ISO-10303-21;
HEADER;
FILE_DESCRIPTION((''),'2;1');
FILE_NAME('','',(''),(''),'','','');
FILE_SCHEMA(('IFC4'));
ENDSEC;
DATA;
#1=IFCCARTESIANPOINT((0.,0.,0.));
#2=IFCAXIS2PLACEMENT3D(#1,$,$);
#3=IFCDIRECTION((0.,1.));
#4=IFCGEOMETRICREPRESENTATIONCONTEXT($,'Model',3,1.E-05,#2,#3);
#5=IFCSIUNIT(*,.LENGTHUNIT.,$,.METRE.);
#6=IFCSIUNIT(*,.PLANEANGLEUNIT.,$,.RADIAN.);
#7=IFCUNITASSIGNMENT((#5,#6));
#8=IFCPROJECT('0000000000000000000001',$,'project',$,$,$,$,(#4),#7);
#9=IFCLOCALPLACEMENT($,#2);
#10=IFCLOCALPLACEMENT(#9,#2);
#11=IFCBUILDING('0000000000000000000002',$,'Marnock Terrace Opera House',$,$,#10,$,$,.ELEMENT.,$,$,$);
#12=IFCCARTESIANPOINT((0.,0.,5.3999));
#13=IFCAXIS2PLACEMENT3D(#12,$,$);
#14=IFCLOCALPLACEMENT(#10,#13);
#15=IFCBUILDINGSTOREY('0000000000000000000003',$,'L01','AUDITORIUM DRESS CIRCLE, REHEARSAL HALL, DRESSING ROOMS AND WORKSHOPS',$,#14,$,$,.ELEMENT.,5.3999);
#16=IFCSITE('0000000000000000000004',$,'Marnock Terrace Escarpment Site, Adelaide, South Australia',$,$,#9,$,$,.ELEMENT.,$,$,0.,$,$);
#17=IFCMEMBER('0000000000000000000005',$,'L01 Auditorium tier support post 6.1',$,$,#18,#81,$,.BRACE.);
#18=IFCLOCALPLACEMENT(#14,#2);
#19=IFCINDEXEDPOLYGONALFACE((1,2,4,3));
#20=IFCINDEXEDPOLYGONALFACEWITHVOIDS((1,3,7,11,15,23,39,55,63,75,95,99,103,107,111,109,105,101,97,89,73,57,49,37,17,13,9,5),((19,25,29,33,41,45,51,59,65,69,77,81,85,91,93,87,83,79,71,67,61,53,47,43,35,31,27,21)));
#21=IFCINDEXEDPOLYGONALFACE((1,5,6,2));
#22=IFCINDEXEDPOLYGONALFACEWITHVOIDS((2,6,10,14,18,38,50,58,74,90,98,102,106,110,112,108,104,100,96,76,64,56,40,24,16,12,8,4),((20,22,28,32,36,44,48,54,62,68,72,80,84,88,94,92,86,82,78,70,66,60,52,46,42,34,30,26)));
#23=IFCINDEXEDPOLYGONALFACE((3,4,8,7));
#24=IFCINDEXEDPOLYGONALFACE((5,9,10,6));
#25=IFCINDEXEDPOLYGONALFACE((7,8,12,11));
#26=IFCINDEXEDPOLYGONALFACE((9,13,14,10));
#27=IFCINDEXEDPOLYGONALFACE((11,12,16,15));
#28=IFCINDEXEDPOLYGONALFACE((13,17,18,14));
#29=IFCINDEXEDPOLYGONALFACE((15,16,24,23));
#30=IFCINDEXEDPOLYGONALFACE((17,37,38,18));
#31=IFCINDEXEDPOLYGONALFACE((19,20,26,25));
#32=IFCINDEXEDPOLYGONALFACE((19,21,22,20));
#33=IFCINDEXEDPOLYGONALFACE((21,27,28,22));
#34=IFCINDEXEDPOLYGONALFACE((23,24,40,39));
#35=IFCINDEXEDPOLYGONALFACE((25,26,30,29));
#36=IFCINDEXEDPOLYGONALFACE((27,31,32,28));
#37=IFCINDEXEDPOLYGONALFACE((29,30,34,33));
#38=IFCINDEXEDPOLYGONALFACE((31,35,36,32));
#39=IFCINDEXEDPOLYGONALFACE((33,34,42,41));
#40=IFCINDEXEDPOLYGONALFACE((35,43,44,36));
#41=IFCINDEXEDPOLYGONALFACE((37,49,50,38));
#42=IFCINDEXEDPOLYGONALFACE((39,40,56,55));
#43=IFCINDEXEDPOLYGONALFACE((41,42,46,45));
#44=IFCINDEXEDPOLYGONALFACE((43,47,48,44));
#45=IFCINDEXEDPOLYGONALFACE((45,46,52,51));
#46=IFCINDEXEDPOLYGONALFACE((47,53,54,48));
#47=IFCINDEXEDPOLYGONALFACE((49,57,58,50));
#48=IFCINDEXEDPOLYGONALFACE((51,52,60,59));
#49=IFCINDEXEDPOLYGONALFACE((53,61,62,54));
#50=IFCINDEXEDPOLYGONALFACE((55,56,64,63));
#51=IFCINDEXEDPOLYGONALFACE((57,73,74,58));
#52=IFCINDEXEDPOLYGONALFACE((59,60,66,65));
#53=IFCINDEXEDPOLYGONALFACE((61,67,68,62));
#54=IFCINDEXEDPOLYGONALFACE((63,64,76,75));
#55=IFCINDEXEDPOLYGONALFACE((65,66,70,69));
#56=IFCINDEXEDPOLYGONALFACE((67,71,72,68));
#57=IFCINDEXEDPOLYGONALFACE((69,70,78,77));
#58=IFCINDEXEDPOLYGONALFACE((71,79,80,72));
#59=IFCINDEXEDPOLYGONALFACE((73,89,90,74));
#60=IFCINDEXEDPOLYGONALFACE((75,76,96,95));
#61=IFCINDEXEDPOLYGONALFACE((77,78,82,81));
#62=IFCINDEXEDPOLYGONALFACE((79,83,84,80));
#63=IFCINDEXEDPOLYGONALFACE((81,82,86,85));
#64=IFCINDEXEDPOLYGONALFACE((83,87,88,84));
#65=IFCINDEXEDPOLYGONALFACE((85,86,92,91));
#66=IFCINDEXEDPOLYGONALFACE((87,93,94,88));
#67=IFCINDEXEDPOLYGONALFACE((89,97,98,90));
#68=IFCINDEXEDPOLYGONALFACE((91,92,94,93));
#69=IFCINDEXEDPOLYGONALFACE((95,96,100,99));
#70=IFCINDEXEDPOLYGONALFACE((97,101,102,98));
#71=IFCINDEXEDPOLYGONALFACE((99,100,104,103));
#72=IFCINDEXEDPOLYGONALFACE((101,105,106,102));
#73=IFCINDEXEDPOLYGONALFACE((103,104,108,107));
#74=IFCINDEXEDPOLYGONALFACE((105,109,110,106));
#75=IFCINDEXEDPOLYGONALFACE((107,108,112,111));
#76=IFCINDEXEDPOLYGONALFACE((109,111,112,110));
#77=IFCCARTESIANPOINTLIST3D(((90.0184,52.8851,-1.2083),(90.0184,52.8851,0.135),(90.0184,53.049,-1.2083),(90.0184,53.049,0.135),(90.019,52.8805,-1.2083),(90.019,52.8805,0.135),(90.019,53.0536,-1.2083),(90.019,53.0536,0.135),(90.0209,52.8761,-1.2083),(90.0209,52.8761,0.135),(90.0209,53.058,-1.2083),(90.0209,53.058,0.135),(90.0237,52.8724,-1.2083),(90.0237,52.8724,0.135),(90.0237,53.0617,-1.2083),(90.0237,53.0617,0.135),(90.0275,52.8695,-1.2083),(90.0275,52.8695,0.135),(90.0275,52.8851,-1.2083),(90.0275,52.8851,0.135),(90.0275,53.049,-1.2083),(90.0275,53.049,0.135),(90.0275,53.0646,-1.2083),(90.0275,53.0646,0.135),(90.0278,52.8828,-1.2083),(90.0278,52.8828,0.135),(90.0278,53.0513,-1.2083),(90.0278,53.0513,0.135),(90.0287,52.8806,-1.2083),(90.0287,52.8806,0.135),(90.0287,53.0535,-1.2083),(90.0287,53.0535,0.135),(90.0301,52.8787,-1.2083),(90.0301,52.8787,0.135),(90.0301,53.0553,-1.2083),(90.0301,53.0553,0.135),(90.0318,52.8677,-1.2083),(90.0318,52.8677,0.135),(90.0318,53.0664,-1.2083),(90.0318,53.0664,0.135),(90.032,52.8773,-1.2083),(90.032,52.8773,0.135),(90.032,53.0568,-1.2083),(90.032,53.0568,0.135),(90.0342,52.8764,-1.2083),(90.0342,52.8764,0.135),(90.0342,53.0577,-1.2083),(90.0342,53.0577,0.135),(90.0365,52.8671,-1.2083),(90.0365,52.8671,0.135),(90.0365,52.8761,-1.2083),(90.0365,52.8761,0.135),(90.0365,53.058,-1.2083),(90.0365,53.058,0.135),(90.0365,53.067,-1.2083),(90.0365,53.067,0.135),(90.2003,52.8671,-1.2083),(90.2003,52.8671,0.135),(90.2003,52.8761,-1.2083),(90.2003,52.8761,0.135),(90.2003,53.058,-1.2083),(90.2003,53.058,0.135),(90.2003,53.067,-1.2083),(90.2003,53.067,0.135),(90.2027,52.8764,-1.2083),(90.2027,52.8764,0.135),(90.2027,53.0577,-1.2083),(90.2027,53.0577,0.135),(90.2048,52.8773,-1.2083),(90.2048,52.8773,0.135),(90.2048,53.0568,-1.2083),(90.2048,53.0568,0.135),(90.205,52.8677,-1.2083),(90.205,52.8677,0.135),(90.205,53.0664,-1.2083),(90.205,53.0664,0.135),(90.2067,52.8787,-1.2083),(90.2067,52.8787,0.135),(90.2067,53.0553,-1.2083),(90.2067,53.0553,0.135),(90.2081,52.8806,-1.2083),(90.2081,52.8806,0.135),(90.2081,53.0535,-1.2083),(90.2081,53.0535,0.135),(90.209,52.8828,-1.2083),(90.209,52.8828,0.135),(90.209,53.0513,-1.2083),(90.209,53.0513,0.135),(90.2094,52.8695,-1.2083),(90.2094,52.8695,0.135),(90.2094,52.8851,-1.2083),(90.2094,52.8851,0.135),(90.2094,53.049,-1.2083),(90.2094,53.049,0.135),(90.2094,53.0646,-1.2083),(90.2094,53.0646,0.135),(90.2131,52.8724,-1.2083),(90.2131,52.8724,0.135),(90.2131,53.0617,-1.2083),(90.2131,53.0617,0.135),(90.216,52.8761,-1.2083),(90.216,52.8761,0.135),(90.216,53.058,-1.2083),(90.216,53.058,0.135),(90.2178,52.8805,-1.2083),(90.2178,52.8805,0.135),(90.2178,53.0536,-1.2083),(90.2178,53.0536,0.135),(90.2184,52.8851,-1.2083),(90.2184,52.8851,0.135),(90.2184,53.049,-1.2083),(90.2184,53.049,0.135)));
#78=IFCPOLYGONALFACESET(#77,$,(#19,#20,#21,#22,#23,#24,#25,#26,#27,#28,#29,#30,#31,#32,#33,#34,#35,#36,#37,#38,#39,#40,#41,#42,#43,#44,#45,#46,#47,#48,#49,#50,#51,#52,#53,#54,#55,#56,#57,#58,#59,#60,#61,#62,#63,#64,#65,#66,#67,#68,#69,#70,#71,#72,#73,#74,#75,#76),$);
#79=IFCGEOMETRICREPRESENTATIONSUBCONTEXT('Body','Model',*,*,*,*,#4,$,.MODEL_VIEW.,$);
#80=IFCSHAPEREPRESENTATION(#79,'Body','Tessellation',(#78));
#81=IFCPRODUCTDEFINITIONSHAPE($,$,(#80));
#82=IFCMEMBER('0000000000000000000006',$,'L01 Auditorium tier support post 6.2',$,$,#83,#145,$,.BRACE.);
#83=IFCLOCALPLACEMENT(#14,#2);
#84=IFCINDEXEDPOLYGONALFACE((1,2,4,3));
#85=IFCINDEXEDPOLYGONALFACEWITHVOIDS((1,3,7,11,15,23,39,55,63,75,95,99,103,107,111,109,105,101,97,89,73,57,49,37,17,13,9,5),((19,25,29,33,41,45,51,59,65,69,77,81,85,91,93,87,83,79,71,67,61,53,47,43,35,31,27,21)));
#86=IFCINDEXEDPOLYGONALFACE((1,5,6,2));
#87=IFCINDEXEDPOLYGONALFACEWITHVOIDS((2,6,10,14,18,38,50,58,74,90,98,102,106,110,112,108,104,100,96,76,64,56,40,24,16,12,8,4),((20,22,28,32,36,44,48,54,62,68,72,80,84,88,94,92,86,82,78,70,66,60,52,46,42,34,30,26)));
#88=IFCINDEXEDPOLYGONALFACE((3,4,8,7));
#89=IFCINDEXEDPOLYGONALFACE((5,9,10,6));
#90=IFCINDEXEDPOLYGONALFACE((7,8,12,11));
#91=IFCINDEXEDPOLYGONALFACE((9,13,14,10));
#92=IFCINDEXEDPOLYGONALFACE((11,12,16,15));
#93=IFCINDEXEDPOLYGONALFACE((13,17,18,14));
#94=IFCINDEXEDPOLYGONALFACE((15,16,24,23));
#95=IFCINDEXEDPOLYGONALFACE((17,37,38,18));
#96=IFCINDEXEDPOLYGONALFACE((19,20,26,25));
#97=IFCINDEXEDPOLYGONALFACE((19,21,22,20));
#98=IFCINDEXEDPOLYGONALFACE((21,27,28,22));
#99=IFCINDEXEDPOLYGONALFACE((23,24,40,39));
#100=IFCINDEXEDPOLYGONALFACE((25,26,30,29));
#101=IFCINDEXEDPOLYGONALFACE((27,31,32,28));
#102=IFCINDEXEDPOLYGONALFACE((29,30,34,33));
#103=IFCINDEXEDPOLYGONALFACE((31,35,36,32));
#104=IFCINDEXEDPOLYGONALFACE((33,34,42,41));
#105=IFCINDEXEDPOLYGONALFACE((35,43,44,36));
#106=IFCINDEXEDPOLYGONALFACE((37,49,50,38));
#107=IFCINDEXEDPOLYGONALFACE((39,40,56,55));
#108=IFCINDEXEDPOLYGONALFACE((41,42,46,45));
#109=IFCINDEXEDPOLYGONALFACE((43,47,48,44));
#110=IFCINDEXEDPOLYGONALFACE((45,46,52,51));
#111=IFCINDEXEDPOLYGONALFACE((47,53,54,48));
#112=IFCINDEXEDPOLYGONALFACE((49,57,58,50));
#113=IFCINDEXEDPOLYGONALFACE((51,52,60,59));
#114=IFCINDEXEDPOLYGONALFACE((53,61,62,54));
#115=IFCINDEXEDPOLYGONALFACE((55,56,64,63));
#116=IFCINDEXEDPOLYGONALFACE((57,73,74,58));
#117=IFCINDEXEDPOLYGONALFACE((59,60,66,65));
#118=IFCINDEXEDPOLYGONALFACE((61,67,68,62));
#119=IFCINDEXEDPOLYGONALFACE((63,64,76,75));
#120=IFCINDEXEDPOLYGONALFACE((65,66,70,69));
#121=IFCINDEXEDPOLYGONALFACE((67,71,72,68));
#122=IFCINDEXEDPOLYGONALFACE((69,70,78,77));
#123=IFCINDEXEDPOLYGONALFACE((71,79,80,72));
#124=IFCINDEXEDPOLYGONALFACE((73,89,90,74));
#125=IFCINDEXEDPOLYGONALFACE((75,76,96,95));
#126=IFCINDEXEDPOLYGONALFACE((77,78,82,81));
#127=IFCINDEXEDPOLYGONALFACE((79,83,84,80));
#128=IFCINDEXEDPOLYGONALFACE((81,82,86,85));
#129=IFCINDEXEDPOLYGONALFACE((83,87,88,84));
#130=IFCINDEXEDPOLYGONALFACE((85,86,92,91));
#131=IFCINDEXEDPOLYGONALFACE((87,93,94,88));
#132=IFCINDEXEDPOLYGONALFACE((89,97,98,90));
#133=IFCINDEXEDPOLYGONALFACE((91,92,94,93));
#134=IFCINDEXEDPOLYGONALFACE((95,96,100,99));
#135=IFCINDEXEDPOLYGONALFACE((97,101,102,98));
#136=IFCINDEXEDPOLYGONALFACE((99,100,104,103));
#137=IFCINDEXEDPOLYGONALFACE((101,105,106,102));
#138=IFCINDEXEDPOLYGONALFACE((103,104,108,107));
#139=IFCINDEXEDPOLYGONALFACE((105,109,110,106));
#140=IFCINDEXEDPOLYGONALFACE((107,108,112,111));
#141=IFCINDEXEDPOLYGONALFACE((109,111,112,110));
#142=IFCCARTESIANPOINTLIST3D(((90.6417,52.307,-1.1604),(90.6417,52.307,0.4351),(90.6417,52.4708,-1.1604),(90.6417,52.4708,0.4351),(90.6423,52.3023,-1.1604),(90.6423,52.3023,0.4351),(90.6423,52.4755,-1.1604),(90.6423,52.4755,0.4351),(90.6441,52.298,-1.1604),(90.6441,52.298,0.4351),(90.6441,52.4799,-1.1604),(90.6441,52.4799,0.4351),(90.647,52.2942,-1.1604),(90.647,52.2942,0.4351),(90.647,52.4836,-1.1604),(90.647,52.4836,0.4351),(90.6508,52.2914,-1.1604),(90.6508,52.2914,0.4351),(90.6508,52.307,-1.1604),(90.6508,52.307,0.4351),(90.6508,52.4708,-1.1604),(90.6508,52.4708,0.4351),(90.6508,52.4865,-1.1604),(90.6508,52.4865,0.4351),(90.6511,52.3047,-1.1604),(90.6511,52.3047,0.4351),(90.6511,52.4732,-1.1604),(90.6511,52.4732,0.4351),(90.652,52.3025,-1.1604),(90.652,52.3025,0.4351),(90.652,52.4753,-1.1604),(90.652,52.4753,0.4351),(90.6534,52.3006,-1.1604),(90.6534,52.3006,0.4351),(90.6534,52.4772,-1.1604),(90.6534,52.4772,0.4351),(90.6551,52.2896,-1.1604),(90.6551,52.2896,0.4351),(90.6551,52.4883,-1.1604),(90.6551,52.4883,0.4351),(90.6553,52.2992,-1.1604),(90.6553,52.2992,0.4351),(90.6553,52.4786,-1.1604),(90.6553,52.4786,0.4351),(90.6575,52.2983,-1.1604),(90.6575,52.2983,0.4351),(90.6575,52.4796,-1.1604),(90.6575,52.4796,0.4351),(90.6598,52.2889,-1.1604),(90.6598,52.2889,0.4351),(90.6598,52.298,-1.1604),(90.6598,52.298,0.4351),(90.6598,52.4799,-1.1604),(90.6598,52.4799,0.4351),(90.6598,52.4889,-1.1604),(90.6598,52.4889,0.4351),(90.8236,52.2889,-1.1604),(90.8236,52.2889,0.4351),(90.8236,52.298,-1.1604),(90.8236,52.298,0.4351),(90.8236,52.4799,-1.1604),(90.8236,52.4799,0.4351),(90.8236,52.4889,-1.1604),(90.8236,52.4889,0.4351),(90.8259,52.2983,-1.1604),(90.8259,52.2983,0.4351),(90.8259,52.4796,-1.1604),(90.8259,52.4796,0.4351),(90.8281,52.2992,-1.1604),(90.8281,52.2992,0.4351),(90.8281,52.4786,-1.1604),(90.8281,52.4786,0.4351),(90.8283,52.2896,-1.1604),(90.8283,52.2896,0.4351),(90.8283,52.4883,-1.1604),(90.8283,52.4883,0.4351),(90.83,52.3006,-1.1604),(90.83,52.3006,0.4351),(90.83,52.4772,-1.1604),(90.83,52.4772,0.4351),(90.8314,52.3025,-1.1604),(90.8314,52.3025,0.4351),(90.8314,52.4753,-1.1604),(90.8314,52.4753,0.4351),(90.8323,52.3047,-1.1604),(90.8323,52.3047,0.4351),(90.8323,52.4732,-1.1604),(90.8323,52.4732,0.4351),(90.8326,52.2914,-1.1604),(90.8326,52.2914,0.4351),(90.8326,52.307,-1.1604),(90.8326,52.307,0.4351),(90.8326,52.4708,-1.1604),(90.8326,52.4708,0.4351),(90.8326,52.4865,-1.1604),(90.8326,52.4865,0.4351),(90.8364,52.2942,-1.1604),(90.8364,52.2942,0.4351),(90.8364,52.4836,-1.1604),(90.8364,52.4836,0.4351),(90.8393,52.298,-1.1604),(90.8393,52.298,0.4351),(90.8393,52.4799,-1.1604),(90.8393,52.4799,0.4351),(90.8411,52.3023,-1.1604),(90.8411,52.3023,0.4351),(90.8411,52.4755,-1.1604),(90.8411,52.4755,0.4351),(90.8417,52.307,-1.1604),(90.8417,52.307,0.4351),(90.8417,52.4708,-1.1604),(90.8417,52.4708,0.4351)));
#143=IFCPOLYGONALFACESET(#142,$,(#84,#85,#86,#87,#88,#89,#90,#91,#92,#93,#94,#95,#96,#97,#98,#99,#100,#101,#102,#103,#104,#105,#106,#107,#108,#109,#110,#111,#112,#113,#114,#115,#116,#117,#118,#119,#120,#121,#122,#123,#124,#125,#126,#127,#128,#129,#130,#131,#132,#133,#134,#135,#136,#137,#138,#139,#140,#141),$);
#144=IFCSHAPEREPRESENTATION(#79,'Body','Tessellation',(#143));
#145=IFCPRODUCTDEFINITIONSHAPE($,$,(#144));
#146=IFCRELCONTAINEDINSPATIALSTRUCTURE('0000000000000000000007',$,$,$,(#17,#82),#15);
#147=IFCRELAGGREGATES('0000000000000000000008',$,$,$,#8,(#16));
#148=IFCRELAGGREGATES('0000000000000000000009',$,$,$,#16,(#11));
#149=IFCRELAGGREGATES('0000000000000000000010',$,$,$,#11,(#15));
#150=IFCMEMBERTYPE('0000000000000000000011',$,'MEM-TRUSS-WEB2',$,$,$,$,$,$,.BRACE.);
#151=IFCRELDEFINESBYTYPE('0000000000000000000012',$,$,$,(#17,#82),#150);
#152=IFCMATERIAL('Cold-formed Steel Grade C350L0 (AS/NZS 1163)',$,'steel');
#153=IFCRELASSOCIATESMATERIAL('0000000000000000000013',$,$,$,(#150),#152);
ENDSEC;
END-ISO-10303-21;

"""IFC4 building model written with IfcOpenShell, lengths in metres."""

from ifc_helpers import new_model, si_unit, direction, frame, origin, origin_2d, place, context, subcontext, project, spatial, hollow_rectangle, extrude, material, material_profile, profile_set, type_object, element, save


model = new_model("IFC4")

# Units and contexts
model_context = context("Model", 3, precision=1e-05, world=origin(), true_north=direction((0.0, 1.0)))
body_context = subcontext(model_context, "Body", "Model", "MODEL_VIEW")
ifc_project = project(units=[si_unit("LENGTHUNIT", "METRE"), si_unit("PLANEANGLEUNIT", "RADIAN")], contexts=[model_context])

# Site, building, storey
site_placement = place(None, origin())
site = spatial("IfcSite", under=ifc_project, at=site_placement, Name="Marnock Terrace Escarpment Site, Adelaide, South Australia", CompositionType="ELEMENT", RefElevation=0.0)
building_placement = place(site_placement, origin())
building = spatial("IfcBuilding", under=site, at=building_placement, Name="Marnock Terrace Opera House", CompositionType="ELEMENT")
storey_placement = place(building_placement, frame((0.0, 0.0, 5.3999)))
storey = spatial("IfcBuildingStorey", under=building, at=storey_placement, Name="L01", Description="AUDITORIUM DRESS CIRCLE, REHEARSAL HALL, DRESSING ROOMS AND WORKSHOPS", CompositionType="ELEMENT", Elevation=5.3999)

# Members
ifc_material_1 = material(Name="Cold-formed Steel Grade C350L0 (AS/NZS 1163)", Category="steel")
ifc_material_profile_1 = material_profile(ifc_material_1, hollow_rectangle(XDim=0.2, YDim=0.2, WallThickness=0.009, InnerFilletRadius=0.009, OuterFilletRadius=0.0181, at=origin_2d()))
ifc_profile_set_1 = profile_set([ifc_material_profile_1], Name="Cold-formed Steel Grade C350L0 (AS/NZS 1163)")
member_type = type_object("IfcMemberType", Name="MEM-TRUSS-WEB2", PredefinedType="BRACE", material=ifc_profile_set_1)
member_1_placement = place(storey_placement, frame((90.1184, 52.967, -1.2083), z_axis=(0.0, 0.0, 1.0), x_axis=(1.0, 0.0, 0.0)))
element("IfcMember", 1, at=member_1_placement, inside=storey, type_object=member_type, Name="L01 Auditorium tier support post 6.1", PredefinedType="BRACE", context=body_context, shape_type="SweptSolid", body=[
    extrude(hollow_rectangle(XDim=0.2, YDim=0.2, WallThickness=0.009, InnerFilletRadius=0.009, OuterFilletRadius=0.0181, at=origin_2d()), origin(), (0.0, 0.0, 1.0), 1.3433),
])
member_2_placement = place(storey_placement, frame((90.7417, 52.3889, -1.1604), z_axis=(0.0, 0.0, 1.0), x_axis=(1.0, 0.0, 0.0)))
element("IfcMember", 2, at=member_2_placement, inside=storey, type_object=member_type, Name="L01 Auditorium tier support post 6.2", PredefinedType="BRACE", context=body_context, shape_type="SweptSolid", body=[
    extrude(hollow_rectangle(XDim=0.2, YDim=0.2, WallThickness=0.009, InnerFilletRadius=0.009, OuterFilletRadius=0.0181, at=origin_2d()), origin(), (0.0, 0.0, 1.0), 1.5955),
])

save(model, "model.ifc")
